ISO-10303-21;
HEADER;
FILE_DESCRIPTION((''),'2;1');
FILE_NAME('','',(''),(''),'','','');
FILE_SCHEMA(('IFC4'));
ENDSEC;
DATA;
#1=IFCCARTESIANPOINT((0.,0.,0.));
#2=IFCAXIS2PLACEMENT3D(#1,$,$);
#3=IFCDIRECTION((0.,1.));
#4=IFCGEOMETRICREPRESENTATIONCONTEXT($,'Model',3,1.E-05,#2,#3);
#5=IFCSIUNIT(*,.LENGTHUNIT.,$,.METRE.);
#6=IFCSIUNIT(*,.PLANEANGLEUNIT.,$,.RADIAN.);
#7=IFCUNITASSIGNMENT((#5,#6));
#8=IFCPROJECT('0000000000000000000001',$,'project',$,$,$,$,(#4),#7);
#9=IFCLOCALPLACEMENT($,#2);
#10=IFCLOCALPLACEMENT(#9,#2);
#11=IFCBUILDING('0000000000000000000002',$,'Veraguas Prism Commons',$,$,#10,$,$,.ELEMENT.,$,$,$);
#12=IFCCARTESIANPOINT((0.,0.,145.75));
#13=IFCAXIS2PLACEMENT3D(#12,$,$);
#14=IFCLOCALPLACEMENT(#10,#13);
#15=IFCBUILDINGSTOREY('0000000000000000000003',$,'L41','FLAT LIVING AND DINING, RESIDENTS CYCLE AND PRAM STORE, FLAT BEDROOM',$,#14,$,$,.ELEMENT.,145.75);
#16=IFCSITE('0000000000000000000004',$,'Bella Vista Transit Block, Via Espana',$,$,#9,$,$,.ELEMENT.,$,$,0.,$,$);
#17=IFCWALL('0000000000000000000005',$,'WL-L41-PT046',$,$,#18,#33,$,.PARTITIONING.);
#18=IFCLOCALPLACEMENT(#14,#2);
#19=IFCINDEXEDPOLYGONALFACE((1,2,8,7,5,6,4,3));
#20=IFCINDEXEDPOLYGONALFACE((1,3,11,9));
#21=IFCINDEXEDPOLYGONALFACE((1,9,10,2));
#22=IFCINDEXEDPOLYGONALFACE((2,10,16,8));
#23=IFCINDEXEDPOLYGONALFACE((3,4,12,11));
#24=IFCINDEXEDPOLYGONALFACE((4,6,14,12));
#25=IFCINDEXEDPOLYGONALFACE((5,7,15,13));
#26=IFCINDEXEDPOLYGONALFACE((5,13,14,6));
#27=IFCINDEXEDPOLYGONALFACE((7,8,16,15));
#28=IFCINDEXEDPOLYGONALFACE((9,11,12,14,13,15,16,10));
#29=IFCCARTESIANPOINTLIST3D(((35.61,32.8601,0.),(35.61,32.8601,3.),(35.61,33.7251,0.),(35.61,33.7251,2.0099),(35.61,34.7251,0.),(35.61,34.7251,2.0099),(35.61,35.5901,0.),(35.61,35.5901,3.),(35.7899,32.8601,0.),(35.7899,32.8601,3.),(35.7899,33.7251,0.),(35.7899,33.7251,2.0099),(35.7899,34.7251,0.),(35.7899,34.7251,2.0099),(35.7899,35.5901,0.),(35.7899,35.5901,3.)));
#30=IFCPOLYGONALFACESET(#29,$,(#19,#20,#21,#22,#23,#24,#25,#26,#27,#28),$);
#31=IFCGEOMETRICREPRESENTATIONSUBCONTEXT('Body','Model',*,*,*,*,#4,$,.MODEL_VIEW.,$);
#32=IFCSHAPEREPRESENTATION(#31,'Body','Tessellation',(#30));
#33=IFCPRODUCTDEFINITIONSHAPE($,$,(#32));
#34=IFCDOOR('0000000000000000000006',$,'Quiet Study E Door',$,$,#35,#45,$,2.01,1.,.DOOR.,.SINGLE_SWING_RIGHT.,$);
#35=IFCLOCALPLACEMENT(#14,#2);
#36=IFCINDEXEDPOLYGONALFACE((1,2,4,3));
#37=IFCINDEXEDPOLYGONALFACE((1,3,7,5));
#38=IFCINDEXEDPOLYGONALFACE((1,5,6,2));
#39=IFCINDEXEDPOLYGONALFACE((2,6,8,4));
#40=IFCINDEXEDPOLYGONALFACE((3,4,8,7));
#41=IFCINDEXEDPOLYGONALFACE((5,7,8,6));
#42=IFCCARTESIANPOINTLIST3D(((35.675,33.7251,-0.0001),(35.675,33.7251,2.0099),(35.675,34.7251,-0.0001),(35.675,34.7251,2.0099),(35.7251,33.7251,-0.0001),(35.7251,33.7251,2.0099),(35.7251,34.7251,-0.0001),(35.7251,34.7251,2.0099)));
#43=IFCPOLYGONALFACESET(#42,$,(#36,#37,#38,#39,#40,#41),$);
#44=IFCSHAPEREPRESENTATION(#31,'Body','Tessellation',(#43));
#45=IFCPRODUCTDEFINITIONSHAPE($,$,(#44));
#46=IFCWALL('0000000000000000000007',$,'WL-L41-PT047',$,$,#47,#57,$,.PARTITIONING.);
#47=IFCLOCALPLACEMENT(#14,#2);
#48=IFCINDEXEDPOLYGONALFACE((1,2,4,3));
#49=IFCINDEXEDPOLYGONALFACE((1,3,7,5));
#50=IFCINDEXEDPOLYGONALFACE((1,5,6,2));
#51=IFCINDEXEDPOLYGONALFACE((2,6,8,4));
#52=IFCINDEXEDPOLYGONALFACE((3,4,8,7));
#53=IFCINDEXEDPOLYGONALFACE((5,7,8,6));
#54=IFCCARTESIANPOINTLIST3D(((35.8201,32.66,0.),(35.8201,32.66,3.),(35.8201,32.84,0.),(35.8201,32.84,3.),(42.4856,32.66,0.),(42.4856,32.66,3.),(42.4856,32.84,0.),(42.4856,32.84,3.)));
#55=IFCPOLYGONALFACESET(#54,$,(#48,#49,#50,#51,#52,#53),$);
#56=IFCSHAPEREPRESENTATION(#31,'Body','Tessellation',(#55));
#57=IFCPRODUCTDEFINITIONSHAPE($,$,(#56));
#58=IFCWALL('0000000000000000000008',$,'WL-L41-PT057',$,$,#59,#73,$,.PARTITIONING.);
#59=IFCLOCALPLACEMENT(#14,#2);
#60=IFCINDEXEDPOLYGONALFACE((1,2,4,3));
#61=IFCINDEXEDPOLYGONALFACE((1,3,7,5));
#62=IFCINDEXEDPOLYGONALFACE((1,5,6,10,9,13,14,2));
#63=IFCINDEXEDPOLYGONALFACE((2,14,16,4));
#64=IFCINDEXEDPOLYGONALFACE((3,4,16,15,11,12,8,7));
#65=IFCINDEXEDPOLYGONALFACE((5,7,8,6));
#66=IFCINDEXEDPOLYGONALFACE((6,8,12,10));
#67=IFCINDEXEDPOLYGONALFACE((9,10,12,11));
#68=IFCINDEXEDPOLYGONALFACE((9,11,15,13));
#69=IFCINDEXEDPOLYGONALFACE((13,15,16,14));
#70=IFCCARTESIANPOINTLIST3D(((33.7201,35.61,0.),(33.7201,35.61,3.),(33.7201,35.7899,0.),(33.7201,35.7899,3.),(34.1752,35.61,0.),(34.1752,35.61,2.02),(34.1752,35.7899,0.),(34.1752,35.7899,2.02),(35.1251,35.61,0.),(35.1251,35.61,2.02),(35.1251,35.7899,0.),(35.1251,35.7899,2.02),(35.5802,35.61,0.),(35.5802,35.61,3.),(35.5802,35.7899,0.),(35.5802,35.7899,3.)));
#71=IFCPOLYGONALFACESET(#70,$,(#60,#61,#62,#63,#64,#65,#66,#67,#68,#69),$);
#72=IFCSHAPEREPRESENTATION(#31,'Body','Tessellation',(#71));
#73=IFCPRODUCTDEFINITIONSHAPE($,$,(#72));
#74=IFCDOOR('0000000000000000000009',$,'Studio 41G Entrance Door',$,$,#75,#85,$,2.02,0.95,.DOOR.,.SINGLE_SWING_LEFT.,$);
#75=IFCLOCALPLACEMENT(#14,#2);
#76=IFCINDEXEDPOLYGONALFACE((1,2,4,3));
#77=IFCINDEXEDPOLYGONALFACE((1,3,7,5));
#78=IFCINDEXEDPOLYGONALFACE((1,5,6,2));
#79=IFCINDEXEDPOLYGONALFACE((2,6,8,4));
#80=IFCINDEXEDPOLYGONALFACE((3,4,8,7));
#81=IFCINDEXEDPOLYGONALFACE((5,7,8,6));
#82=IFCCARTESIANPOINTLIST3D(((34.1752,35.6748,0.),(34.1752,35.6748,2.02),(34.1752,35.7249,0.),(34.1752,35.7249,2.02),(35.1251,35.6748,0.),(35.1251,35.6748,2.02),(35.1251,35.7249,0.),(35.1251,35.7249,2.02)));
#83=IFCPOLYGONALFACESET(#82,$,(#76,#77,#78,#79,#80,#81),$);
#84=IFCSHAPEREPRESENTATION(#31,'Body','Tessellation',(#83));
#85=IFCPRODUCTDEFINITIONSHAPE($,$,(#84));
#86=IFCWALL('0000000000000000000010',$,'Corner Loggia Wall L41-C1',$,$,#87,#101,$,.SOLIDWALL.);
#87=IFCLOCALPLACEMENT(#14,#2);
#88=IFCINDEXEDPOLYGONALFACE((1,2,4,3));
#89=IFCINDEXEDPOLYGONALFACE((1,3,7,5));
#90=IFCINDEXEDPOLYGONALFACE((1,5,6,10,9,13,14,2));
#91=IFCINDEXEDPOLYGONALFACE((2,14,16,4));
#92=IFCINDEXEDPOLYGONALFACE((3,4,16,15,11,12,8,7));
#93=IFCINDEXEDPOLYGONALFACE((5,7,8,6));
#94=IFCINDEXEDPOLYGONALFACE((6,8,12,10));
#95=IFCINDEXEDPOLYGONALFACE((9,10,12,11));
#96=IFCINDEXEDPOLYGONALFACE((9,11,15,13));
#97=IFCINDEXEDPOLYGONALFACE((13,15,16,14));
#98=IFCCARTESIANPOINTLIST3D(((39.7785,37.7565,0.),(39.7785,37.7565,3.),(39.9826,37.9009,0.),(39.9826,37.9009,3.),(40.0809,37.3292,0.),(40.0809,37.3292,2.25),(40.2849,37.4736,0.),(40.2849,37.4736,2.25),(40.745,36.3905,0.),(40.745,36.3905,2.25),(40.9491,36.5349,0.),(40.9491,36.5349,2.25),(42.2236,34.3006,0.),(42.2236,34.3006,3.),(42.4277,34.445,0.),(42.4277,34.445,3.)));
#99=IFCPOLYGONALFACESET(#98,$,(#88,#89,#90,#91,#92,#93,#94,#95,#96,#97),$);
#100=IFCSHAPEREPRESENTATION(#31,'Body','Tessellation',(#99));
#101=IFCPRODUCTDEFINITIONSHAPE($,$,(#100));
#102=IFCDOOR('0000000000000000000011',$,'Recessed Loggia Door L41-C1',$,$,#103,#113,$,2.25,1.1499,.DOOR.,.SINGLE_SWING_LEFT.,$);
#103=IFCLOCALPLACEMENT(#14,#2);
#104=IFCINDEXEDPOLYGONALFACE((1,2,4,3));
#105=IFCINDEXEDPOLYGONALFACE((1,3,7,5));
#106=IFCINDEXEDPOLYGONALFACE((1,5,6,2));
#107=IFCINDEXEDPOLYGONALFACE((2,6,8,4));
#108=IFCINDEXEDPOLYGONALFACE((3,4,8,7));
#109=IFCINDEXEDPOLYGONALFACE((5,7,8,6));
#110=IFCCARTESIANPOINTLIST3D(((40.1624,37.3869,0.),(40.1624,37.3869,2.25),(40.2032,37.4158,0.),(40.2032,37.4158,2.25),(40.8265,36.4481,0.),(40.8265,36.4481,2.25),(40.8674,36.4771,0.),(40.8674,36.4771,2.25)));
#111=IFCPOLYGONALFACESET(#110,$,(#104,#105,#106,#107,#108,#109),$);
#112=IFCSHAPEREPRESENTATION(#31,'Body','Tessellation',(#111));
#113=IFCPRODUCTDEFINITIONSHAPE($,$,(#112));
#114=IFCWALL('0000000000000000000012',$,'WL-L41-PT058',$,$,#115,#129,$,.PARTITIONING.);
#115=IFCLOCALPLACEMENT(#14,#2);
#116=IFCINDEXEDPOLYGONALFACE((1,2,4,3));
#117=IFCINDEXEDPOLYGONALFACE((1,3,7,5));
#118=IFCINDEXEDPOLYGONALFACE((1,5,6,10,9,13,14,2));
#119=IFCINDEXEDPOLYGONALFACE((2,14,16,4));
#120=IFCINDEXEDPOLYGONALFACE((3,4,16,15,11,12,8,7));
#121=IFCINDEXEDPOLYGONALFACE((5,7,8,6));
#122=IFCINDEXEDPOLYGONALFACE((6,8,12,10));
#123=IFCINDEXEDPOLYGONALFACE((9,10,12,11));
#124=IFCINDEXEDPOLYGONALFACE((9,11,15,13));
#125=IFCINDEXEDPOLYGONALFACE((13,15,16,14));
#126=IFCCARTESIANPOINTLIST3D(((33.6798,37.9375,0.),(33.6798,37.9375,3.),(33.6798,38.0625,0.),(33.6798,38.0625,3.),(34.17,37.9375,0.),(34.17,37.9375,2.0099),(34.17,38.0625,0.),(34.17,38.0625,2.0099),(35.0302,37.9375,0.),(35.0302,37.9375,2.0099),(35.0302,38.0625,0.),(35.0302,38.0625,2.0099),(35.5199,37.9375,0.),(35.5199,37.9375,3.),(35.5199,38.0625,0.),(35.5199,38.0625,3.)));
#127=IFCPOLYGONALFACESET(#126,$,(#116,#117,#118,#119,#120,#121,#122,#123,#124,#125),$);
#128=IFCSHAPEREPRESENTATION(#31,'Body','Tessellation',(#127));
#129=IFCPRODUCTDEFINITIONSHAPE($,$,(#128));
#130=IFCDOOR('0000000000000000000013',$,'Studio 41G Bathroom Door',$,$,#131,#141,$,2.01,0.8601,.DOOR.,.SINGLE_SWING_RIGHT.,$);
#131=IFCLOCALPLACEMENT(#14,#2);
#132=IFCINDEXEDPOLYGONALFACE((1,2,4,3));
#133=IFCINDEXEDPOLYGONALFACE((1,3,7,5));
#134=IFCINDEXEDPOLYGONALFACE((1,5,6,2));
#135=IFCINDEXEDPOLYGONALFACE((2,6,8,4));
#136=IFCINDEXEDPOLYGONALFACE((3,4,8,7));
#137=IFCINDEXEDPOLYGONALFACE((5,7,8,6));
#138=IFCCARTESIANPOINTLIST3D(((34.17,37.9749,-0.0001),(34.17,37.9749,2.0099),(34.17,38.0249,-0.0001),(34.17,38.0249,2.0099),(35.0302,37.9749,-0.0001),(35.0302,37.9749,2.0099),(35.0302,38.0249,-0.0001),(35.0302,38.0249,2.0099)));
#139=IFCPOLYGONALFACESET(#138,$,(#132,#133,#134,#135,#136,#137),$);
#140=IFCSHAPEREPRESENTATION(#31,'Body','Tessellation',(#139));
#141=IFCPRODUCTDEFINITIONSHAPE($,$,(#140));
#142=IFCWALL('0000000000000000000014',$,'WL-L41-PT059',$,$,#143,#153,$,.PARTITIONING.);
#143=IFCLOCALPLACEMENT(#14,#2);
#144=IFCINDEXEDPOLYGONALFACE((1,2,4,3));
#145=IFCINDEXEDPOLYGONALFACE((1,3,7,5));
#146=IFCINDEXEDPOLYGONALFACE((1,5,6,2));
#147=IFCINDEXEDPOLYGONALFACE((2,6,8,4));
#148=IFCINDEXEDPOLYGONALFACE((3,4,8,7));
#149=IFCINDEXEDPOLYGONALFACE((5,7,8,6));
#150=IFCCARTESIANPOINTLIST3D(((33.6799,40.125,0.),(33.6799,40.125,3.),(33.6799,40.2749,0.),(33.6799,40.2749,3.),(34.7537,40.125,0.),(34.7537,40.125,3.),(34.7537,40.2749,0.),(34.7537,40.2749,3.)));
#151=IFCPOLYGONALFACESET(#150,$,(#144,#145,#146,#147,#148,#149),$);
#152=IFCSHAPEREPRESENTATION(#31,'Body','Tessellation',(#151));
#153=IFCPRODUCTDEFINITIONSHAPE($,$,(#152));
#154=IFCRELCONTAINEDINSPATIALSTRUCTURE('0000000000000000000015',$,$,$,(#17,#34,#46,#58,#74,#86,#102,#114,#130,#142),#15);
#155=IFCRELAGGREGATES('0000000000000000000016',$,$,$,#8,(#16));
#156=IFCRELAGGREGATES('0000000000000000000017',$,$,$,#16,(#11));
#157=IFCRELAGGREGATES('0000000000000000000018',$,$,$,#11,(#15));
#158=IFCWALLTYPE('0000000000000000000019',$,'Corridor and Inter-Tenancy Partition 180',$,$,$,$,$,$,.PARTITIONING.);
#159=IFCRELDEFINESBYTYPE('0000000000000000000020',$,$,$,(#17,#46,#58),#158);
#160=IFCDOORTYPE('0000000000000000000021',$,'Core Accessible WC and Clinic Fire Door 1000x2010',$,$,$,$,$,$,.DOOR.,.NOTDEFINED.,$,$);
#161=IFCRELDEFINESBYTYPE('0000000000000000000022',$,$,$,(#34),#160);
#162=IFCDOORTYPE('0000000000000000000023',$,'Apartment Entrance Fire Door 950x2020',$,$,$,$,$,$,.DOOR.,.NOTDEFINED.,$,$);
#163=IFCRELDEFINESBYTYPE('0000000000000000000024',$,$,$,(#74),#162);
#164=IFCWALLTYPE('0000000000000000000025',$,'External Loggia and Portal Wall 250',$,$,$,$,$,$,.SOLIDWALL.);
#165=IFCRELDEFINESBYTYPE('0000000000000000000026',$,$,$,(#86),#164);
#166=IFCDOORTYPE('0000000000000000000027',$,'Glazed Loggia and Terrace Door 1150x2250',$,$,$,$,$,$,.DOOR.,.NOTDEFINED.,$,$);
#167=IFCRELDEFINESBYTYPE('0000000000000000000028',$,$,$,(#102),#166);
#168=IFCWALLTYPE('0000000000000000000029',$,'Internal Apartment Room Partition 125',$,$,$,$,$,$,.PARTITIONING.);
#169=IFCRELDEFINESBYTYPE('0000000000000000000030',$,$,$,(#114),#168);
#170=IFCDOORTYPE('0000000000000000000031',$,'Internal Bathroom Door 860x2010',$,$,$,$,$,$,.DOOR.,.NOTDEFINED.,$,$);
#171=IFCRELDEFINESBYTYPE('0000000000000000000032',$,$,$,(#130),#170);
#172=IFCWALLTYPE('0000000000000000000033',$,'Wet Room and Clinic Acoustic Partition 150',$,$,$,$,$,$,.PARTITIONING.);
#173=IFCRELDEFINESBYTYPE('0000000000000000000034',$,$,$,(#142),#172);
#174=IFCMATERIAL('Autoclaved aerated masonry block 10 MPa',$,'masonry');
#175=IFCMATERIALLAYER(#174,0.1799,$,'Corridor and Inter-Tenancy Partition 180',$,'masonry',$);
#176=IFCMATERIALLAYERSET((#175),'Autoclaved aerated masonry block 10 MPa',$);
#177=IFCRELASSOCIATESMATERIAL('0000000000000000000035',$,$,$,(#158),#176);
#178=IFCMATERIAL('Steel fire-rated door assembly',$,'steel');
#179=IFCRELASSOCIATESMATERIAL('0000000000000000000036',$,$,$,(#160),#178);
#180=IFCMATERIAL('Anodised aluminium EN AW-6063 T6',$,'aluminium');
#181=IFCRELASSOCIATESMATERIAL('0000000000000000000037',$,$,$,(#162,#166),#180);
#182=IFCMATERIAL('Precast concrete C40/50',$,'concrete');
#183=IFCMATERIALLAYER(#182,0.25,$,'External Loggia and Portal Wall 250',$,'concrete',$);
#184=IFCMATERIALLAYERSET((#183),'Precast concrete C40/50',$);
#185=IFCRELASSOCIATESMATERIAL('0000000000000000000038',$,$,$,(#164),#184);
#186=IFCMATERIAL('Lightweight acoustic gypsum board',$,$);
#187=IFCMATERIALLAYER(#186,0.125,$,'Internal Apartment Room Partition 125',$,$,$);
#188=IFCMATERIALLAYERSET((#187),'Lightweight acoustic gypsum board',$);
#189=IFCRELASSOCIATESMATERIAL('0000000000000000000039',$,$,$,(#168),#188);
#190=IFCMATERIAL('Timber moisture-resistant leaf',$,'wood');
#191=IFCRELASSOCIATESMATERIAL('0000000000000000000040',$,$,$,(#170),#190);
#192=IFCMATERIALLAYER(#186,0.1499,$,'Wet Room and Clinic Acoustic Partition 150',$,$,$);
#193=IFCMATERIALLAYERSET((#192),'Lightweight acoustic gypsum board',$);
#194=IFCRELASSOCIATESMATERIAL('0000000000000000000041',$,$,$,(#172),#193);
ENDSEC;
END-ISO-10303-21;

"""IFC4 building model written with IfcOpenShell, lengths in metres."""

from ifc_helpers import new_model, si_unit, direction, frame, frame_2d, origin, place, context, subcontext, project, spatial, rectangle, extrude, source, transform, mapped, material, layer, layer_set, type_object, element, fill, save


model = new_model("IFC4")

# Units and contexts
model_context = context("Model", 3, precision=1e-05, world=origin(), true_north=direction((0.0, 1.0)))
body_context = subcontext(model_context, "Body", "Model", "MODEL_VIEW")
ifc_project = project(units=[si_unit("LENGTHUNIT", "METRE"), si_unit("PLANEANGLEUNIT", "RADIAN")], contexts=[model_context])

# Site, building, storey
site_placement = place(None, origin())
site = spatial("IfcSite", under=ifc_project, at=site_placement, Name="Bella Vista Transit Block, Via Espana", CompositionType="ELEMENT", RefElevation=0.0)
building_placement = place(site_placement, origin())
building = spatial("IfcBuilding", under=site, at=building_placement, Name="Veraguas Prism Commons", CompositionType="ELEMENT")
storey_placement = place(building_placement, frame((0.0, 0.0, 145.75)))
storey = spatial("IfcBuildingStorey", under=building, at=storey_placement, Name="L41", Description="FLAT LIVING AND DINING, RESIDENTS CYCLE AND PRAM STORE, FLAT BEDROOM", CompositionType="ELEMENT", Elevation=145.75)

# Shared definitions
ifc_material_1 = material(Name="Anodised aluminium EN AW-6063 T6", Category="aluminium")

# Shared definitions
ifc_material_2 = material(Name="Autoclaved aerated masonry block 10 MPa", Category="masonry")
ifc_layer_1 = layer(ifc_material_2, 0.1799, Name="Corridor and Inter-Tenancy Partition 180", Category="masonry")
ifc_layer_set_1 = layer_set([ifc_layer_1], Name="Autoclaved aerated masonry block 10 MPa")
wall_type_1 = type_object("IfcWallType", Name="Corridor and Inter-Tenancy Partition 180", PredefinedType="PARTITIONING", material=ifc_layer_set_1)

# Wall, opening, door
wall_1_placement = place(storey_placement, frame((35.7, 32.8601, 0.0), z_axis=(0.0, 0.0, 1.0), x_axis=(0.0, 1.0, 0.0)))
wall_1 = element("IfcWall", 1, at=wall_1_placement, inside=storey, type_object=wall_type_1, Name="WL-L41-PT046", PredefinedType="PARTITIONING", context=body_context, shape_type="SweptSolid", body=[
    extrude(rectangle(XDim=2.73, YDim=0.1799, at=frame_2d((1.365, 0.0))), origin(), (0.0, 0.0, 1.0), 3.0),
])
opening_1_placement = place(wall_1_placement, frame((0.865, 0.0, 0.0)))
opening_1 = element("IfcOpeningElement", 2, at=opening_1_placement, cuts=wall_1, PredefinedType="OPENING", context=body_context, shape_type="SweptSolid", body=[
    extrude(rectangle(XDim=1.0, YDim=2.01, at=frame_2d((0.5, 1.0049))), frame((0.0, 0.0999, 0.0), z_axis=(0.0, -1.0, 0.0), x_axis=(1.0, 0.0, 0.0)), (0.0, 0.0, 1.0), 0.2),
])
ifc_material_3 = material(Name="Steel fire-rated door assembly", Category="steel")
door_type_1 = type_object("IfcDoorType", Name="Core Accessible WC and Clinic Fire Door 1000x2010", OperationType="NOTDEFINED", PredefinedType="DOOR", material=ifc_material_3)
shared_shape_1 = source(origin(), body_context, "Body", "SweptSolid", [
    extrude(rectangle(XDim=1.0, YDim=2.01, at=frame_2d((0.5, 1.0049))), frame((0.0, 0.0249, 0.0), z_axis=(0.0, -1.0, 0.0), x_axis=(1.0, 0.0, 0.0)), (0.0, 0.0, 1.0), 0.05),
])
door_1_placement = place(opening_1_placement, origin())
door_1 = element("IfcDoor", 3, at=door_1_placement, inside=storey, type_object=door_type_1, Name="Quiet Study E Door", OperationType="SINGLE_SWING_RIGHT", OverallHeight=2.01, OverallWidth=1.0, PredefinedType="DOOR", context=body_context, shape_type="MappedRepresentation", body=[
    mapped(shared_shape_1, transform((0.0, 0.0, 0.0), scale=1.0)),
])
fill(opening_1, door_1)

# Wall
wall_2_placement = place(storey_placement, frame((35.8201, 32.75, 0.0), z_axis=(0.0, 0.0, 1.0), x_axis=(1.0, 0.0, 0.0)))
element("IfcWall", 4, at=wall_2_placement, inside=storey, type_object=wall_type_1, Name="WL-L41-PT047", PredefinedType="PARTITIONING", context=body_context, shape_type="SweptSolid", body=[
    extrude(rectangle(XDim=6.6655, YDim=0.1799, at=frame_2d((3.3328, 0.0))), origin(), (0.0, 0.0, 1.0), 3.0),
])

# Walls, openings, doors
wall_3_placement = place(storey_placement, frame((33.72, 35.7, 0.0), z_axis=(0.0, 0.0, 1.0), x_axis=(1.0, 0.0, 0.0)))
wall_3 = element("IfcWall", 5, at=wall_3_placement, inside=storey, type_object=wall_type_1, Name="WL-L41-PT057", PredefinedType="PARTITIONING", context=body_context, shape_type="SweptSolid", body=[
    extrude(rectangle(XDim=1.8601, YDim=0.1799, at=frame_2d((0.9302, 0.0))), origin(), (0.0, 0.0, 1.0), 3.0),
])
opening_2_placement = place(wall_3_placement, frame((0.4551, 0.0, 0.0)))
opening_2 = element("IfcOpeningElement", 6, at=opening_2_placement, cuts=wall_3, PredefinedType="OPENING", context=body_context, shape_type="SweptSolid", body=[
    extrude(rectangle(XDim=0.95, YDim=2.02, at=frame_2d((0.4751, 1.01))), frame((0.0, 0.0999, 0.0), z_axis=(0.0, -1.0, 0.0), x_axis=(1.0, 0.0, 0.0)), (0.0, 0.0, 1.0), 0.2),
])
door_type_2 = type_object("IfcDoorType", Name="Apartment Entrance Fire Door 950x2020", OperationType="NOTDEFINED", PredefinedType="DOOR", material=ifc_material_1)
shared_shape_2 = source(origin(), body_context, "Body", "SweptSolid", [
    extrude(rectangle(XDim=0.95, YDim=2.02, at=frame_2d((0.4751, 1.01))), frame((0.0, 0.0249, 0.0), z_axis=(0.0, -1.0, 0.0), x_axis=(1.0, 0.0, 0.0)), (0.0, 0.0, 1.0), 0.05),
])
door_2_placement = place(opening_2_placement, origin())
door_2 = element("IfcDoor", 7, at=door_2_placement, inside=storey, type_object=door_type_2, Name="Studio 41G Entrance Door", OperationType="SINGLE_SWING_LEFT", OverallHeight=2.02, OverallWidth=0.95, PredefinedType="DOOR", context=body_context, shape_type="MappedRepresentation", body=[
    mapped(shared_shape_2, transform((0.0, 0.0, 0.0), scale=1.0)),
])
fill(opening_2, door_2)
ifc_material_4 = material(Name="Precast concrete C40/50", Category="concrete")
ifc_layer_2 = layer(ifc_material_4, 0.25, Name="External Loggia and Portal Wall 250", Category="concrete")
ifc_layer_set_2 = layer_set([ifc_layer_2], Name="Precast concrete C40/50")
wall_type_2 = type_object("IfcWallType", Name="External Loggia and Portal Wall 250", PredefinedType="SOLIDWALL", material=ifc_layer_set_2)
wall_4_placement = place(storey_placement, frame((42.3257, 34.3728, 0.0), z_axis=(0.0, 0.0, 1.0), x_axis=(-0.577577, 0.816336, 0.0)))
wall_4 = element("IfcWall", 8, at=wall_4_placement, inside=storey, type_object=wall_type_2, Name="Corner Loggia Wall L41-C1", PredefinedType="SOLIDWALL", context=body_context, shape_type="SweptSolid", body=[
    extrude(rectangle(XDim=4.2334, YDim=0.25, at=frame_2d((2.1167, 0.0))), origin(), (0.0, 0.0, 1.0), 3.0),
])
opening_3_placement = place(wall_4_placement, frame((2.5601, 0.0, 0.0)))
opening_3 = element("IfcOpeningElement", 9, at=opening_3_placement, cuts=wall_4, PredefinedType="OPENING", context=body_context, shape_type="SweptSolid", body=[
    extrude(rectangle(XDim=1.1499, YDim=2.25, at=frame_2d((0.575, 1.125))), frame((0.0, 0.135, 0.0), z_axis=(0.0, -1.0, 0.0), x_axis=(1.0, 0.0, 0.0)), (0.0, 0.0, 1.0), 0.27),
])
door_type_3 = type_object("IfcDoorType", Name="Glazed Loggia and Terrace Door 1150x2250", OperationType="NOTDEFINED", PredefinedType="DOOR", material=ifc_material_1)
shared_shape_3 = source(origin(), body_context, "Body", "SweptSolid", [
    extrude(rectangle(XDim=1.1499, YDim=2.25, at=frame_2d((0.575, 1.125))), frame((0.0, 0.0249, 0.0), z_axis=(0.0, -1.0, 0.0), x_axis=(1.0, 0.0, 0.0)), (0.0, 0.0, 1.0), 0.05),
])
door_3_placement = place(opening_3_placement, frame((1.1499, 0.0, 0.0), z_axis=(0.0, 0.0, 1.0), x_axis=(-1.0, 0.0, 0.0)))
door_3 = element("IfcDoor", 10, at=door_3_placement, inside=storey, type_object=door_type_3, Name="Recessed Loggia Door L41-C1", OperationType="SINGLE_SWING_LEFT", OverallHeight=2.25, OverallWidth=1.1499, PredefinedType="DOOR", context=body_context, shape_type="MappedRepresentation", body=[
    mapped(shared_shape_3, transform((0.0, 0.0, 0.0), scale=1.0)),
])
fill(opening_3, door_3)
ifc_material_5 = material(Name="Lightweight acoustic gypsum board")
ifc_layer_3 = layer(ifc_material_5, 0.125, Name="Internal Apartment Room Partition 125")
ifc_layer_set_3 = layer_set([ifc_layer_3], Name="Lightweight acoustic gypsum board")
wall_type_3 = type_object("IfcWallType", Name="Internal Apartment Room Partition 125", PredefinedType="PARTITIONING", material=ifc_layer_set_3)
wall_5_placement = place(storey_placement, frame((33.6799, 38.0, 0.0), z_axis=(0.0, 0.0, 1.0), x_axis=(1.0, 0.0, 0.0)))
wall_5 = element("IfcWall", 11, at=wall_5_placement, inside=storey, type_object=wall_type_3, Name="WL-L41-PT058", PredefinedType="PARTITIONING", context=body_context, shape_type="SweptSolid", body=[
    extrude(rectangle(XDim=1.8401, YDim=0.125, at=frame_2d((0.9199, 0.0))), origin(), (0.0, 0.0, 1.0), 3.0),
])
opening_4_placement = place(wall_5_placement, frame((0.49, 0.0, 0.0)))
opening_4 = element("IfcOpeningElement", 12, at=opening_4_placement, cuts=wall_5, PredefinedType="OPENING", context=body_context, shape_type="SweptSolid", body=[
    extrude(rectangle(XDim=0.8601, YDim=2.01, at=frame_2d((0.4302, 1.0049))), frame((0.0, 0.0725, 0.0), z_axis=(0.0, -1.0, 0.0), x_axis=(1.0, 0.0, 0.0)), (0.0, 0.0, 1.0), 0.145),
])
ifc_material_6 = material(Name="Timber moisture-resistant leaf", Category="wood")
door_type_4 = type_object("IfcDoorType", Name="Internal Bathroom Door 860x2010", OperationType="NOTDEFINED", PredefinedType="DOOR", material=ifc_material_6)
shared_shape_4 = source(origin(), body_context, "Body", "SweptSolid", [
    extrude(rectangle(XDim=0.8601, YDim=2.01, at=frame_2d((0.4302, 1.0049))), frame((0.0, 0.0249, 0.0), z_axis=(0.0, -1.0, 0.0), x_axis=(1.0, 0.0, 0.0)), (0.0, 0.0, 1.0), 0.05),
])
door_4_placement = place(opening_4_placement, origin())
door_4 = element("IfcDoor", 13, at=door_4_placement, inside=storey, type_object=door_type_4, Name="Studio 41G Bathroom Door", OperationType="SINGLE_SWING_RIGHT", OverallHeight=2.01, OverallWidth=0.8601, PredefinedType="DOOR", context=body_context, shape_type="MappedRepresentation", body=[
    mapped(shared_shape_4, transform((0.0, 0.0, 0.0), scale=1.0)),
])
fill(opening_4, door_4)

# Wall
ifc_layer_4 = layer(ifc_material_5, 0.1499, Name="Wet Room and Clinic Acoustic Partition 150")
ifc_layer_set_4 = layer_set([ifc_layer_4], Name="Lightweight acoustic gypsum board")
wall_type_4 = type_object("IfcWallType", Name="Wet Room and Clinic Acoustic Partition 150", PredefinedType="PARTITIONING", material=ifc_layer_set_4)
wall_6_placement = place(storey_placement, frame((33.6799, 40.2, 0.0), z_axis=(0.0, 0.0, 1.0), x_axis=(1.0, 0.0, 0.0)))
element("IfcWall", 14, at=wall_6_placement, inside=storey, type_object=wall_type_4, Name="WL-L41-PT059", PredefinedType="PARTITIONING", context=body_context, shape_type="SweptSolid", body=[
    extrude(rectangle(XDim=1.0737, YDim=0.1499, at=frame_2d((0.5369, 0.0))), origin(), (0.0, 0.0, 1.0), 3.0),
])

save(model, "model.ifc")
